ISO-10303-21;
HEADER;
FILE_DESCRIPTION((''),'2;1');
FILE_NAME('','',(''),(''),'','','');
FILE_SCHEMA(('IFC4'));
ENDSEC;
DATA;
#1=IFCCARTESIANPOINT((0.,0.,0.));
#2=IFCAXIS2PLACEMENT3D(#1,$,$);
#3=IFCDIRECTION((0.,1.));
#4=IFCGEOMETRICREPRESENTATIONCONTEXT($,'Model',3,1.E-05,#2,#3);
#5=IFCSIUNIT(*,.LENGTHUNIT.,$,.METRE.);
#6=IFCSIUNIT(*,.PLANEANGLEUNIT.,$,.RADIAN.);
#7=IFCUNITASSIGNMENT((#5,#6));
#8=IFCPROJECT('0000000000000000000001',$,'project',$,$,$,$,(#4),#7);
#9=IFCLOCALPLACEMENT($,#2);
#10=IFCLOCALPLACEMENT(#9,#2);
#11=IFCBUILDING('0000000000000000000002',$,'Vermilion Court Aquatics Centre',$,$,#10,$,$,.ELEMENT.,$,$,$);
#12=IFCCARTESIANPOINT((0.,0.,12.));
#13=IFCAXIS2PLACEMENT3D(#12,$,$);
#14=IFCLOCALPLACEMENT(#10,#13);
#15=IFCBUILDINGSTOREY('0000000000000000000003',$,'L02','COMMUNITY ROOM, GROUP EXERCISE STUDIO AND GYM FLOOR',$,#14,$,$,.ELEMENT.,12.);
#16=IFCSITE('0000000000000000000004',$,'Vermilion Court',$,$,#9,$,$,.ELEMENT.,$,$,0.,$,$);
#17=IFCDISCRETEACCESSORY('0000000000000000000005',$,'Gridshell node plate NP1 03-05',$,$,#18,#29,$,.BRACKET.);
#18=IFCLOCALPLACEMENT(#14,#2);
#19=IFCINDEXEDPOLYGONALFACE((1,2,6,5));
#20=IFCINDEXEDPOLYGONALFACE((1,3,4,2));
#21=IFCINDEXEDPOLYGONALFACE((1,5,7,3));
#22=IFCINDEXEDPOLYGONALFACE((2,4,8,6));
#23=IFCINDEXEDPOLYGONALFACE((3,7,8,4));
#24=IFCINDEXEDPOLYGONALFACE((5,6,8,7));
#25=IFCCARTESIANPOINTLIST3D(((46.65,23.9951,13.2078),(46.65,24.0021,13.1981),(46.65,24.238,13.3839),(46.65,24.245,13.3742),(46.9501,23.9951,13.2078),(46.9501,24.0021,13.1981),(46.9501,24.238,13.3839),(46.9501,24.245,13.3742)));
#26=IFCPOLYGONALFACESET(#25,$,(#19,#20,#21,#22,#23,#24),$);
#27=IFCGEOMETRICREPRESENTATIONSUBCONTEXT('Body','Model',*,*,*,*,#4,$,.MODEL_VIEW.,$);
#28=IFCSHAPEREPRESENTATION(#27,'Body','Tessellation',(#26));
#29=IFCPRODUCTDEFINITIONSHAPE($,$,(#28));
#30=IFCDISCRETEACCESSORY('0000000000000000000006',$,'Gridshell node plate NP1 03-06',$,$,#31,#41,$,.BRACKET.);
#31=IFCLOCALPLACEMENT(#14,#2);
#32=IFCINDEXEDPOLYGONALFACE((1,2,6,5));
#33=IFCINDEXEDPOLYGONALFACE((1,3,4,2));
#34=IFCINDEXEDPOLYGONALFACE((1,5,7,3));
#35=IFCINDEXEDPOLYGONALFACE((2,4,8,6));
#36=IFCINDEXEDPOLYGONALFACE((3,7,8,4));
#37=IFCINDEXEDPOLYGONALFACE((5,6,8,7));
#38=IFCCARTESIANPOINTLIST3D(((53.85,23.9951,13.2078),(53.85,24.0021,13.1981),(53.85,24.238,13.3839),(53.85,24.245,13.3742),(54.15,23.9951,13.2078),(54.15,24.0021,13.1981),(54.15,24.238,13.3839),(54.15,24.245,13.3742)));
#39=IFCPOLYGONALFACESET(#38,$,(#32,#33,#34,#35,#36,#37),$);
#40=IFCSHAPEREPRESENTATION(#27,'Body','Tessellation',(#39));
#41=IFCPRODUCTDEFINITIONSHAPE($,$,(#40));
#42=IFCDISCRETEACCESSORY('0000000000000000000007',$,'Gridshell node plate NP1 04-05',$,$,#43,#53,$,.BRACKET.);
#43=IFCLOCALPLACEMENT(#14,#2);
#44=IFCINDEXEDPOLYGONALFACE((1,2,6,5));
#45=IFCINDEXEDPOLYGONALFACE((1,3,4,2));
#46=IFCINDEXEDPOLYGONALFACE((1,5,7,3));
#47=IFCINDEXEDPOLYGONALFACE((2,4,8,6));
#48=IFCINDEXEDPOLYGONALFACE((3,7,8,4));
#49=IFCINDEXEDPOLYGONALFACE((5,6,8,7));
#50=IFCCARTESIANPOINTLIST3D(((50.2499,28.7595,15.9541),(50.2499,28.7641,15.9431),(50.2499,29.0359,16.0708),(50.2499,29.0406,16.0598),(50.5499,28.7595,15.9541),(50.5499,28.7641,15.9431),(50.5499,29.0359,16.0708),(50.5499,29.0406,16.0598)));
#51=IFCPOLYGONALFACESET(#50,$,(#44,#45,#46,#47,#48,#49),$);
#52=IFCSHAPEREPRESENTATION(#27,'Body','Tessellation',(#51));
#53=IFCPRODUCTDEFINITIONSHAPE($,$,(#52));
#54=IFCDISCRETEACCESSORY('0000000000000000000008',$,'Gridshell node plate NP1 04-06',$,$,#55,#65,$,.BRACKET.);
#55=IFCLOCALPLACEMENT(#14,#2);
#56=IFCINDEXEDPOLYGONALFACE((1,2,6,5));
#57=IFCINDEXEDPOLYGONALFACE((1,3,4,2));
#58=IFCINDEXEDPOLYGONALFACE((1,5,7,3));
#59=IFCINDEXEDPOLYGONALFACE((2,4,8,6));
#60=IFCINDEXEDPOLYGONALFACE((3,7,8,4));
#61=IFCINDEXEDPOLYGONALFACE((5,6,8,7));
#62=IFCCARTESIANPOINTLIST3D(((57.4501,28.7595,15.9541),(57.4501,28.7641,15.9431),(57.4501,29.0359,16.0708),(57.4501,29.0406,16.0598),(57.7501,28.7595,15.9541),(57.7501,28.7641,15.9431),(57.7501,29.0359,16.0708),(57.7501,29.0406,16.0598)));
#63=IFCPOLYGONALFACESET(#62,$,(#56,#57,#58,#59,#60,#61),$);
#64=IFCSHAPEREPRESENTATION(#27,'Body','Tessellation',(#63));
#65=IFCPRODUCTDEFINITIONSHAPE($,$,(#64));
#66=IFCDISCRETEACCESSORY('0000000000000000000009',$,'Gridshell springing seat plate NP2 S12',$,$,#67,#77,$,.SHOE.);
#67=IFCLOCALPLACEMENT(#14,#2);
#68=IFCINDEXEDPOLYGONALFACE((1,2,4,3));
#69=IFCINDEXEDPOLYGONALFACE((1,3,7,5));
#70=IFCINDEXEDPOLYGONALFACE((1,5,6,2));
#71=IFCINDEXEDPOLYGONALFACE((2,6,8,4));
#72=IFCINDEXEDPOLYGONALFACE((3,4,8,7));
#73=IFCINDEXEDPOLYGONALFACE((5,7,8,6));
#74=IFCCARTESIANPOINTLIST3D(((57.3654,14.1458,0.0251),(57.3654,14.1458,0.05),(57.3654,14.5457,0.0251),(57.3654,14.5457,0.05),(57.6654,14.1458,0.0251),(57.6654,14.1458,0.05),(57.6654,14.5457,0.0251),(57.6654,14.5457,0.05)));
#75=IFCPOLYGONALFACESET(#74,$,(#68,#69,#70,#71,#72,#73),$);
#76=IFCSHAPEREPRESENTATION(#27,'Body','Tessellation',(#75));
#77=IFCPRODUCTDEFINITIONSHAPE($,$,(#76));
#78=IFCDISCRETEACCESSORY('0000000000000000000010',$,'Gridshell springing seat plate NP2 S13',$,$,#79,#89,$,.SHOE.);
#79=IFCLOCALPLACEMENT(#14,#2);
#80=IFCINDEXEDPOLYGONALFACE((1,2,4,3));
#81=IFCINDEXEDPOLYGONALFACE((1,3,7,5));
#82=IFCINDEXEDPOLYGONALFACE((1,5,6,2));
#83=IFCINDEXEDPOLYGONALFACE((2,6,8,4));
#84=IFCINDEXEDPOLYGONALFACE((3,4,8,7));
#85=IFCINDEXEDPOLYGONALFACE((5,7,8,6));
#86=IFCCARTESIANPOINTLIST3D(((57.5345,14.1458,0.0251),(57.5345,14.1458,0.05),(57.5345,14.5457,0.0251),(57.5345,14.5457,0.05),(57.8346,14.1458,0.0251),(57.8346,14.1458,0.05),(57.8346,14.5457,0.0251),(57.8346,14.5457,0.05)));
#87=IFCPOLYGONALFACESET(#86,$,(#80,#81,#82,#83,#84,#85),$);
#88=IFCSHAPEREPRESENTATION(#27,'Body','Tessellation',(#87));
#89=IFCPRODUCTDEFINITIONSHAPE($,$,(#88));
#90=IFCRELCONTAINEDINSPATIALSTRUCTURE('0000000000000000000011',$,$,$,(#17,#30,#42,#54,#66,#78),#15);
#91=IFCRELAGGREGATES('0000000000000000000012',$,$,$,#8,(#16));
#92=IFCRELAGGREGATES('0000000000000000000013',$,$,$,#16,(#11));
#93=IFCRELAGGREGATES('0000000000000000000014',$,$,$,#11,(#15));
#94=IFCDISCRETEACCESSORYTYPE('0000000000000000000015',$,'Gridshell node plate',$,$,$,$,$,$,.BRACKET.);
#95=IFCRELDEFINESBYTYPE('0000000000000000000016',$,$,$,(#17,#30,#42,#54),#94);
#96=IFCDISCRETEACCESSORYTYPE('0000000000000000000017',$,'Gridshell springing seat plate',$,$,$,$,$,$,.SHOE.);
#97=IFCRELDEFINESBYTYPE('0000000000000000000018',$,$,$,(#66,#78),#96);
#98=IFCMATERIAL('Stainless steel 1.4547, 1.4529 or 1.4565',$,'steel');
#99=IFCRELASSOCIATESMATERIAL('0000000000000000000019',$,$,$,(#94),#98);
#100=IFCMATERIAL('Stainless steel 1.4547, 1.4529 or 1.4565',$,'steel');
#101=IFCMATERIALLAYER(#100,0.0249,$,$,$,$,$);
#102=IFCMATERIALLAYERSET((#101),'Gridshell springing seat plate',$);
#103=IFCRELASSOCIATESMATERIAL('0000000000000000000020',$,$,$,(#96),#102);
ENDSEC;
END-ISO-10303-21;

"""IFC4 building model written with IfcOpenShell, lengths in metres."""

from ifc_helpers import new_model, si_unit, direction, frame, origin, origin_2d, place, context, subcontext, project, spatial, rectangle, extrude, material, layer, layer_set, material_profile, profile_set, type_object, element, save


model = new_model("IFC4")

# Units and contexts
model_context = context("Model", 3, precision=1e-05, world=origin(), true_north=direction((0.0, 1.0)))
body_context = subcontext(model_context, "Body", "Model", "MODEL_VIEW")
ifc_project = project(units=[si_unit("LENGTHUNIT", "METRE"), si_unit("PLANEANGLEUNIT", "RADIAN")], contexts=[model_context])

# Site, building, storey
site_placement = place(None, origin())
site = spatial("IfcSite", under=ifc_project, at=site_placement, Name="Vermilion Court", CompositionType="ELEMENT", RefElevation=0.0)
building_placement = place(site_placement, origin())
building = spatial("IfcBuilding", under=site, at=building_placement, Name="Vermilion Court Aquatics Centre", CompositionType="ELEMENT")
storey_placement = place(building_placement, frame((0.0, 0.0, 12.0)))
storey = spatial("IfcBuildingStorey", under=building, at=storey_placement, Name="L02", Description="COMMUNITY ROOM, GROUP EXERCISE STUDIO AND GYM FLOOR", CompositionType="ELEMENT", Elevation=12.0)

# Discrete accessories
ifc_material_1 = material(Name="Stainless steel 1.4547, 1.4529 or 1.4565", Category="steel")
ifc_material_profile_1 = material_profile(ifc_material_1, rectangle(XDim=0.3, YDim=0.3, at=origin_2d()), Name="PL 12 x 300 x 300")
ifc_profile_set_1 = profile_set([ifc_material_profile_1], Name="Stainless steel 1.4547, 1.4529 or 1.4565")
discrete_accessory_type_1 = type_object("IfcDiscreteAccessoryType", Name="Gridshell node plate", PredefinedType="BRACKET", material=ifc_profile_set_1)
for number, where, z_axis, x_axis, name in (
    (1, (46.8, 24.1235, 13.2861), (0.0, -0.586968, 0.80961), (1.0, 0.0, 0.0), "Gridshell node plate NP1 03-05"),
    (2, (54.0, 24.1235, 13.2861), (0.0, -0.586968, 0.80961), (1.0, 0.0, 0.0), "Gridshell node plate NP1 03-06"),
    (3, (50.3999, 28.9023, 16.0015), (0.0, -0.388972, 0.92125), (1.0, 0.0, 0.0), "Gridshell node plate NP1 04-05"),
    (4, (57.6001, 28.9023, 16.0015), (0.0, -0.388972, 0.92125), (1.0, 0.0, 0.0), "Gridshell node plate NP1 04-06"),
):
    element("IfcDiscreteAccessory", number, at=place(storey_placement, frame(where, z_axis=z_axis, x_axis=x_axis)), inside=storey, type_object=discrete_accessory_type_1, Name=name, PredefinedType="BRACKET", context=body_context, shape_type="SweptSolid", body=[
        extrude(rectangle(XDim=0.3, YDim=0.3, at=origin_2d()), origin(), (0.0, 0.0, 1.0), 0.012),
    ])
ifc_material_2 = material(Name="Stainless steel 1.4547, 1.4529 or 1.4565", Category="steel")
ifc_layer_1 = layer(ifc_material_2, 0.0249)
ifc_layer_set_1 = layer_set([ifc_layer_1], Name="Gridshell springing seat plate")
discrete_accessory_type_2 = type_object("IfcDiscreteAccessoryType", Name="Gridshell springing seat plate", PredefinedType="SHOE", material=ifc_layer_set_1)
for number, where, z_axis, x_axis, name in (
    (5, (57.5154, 14.3457, 0.0251), (0.0, 0.0, 1.0), (1.0, 0.0, 0.0), "Gridshell springing seat plate NP2 S12"),
    (6, (57.6846, 14.3457, 0.0251), (0.0, 0.0, 1.0), (1.0, 0.0, 0.0), "Gridshell springing seat plate NP2 S13"),
):
    element("IfcDiscreteAccessory", number, at=place(storey_placement, frame(where, z_axis=z_axis, x_axis=x_axis)), inside=storey, type_object=discrete_accessory_type_2, Name=name, PredefinedType="SHOE", context=body_context, shape_type="SweptSolid", body=[
        extrude(rectangle(XDim=0.3, YDim=0.3999, at=origin_2d()), origin(), (0.0, 0.0, 1.0), 0.0249),
    ])

save(model, "model.ifc")
